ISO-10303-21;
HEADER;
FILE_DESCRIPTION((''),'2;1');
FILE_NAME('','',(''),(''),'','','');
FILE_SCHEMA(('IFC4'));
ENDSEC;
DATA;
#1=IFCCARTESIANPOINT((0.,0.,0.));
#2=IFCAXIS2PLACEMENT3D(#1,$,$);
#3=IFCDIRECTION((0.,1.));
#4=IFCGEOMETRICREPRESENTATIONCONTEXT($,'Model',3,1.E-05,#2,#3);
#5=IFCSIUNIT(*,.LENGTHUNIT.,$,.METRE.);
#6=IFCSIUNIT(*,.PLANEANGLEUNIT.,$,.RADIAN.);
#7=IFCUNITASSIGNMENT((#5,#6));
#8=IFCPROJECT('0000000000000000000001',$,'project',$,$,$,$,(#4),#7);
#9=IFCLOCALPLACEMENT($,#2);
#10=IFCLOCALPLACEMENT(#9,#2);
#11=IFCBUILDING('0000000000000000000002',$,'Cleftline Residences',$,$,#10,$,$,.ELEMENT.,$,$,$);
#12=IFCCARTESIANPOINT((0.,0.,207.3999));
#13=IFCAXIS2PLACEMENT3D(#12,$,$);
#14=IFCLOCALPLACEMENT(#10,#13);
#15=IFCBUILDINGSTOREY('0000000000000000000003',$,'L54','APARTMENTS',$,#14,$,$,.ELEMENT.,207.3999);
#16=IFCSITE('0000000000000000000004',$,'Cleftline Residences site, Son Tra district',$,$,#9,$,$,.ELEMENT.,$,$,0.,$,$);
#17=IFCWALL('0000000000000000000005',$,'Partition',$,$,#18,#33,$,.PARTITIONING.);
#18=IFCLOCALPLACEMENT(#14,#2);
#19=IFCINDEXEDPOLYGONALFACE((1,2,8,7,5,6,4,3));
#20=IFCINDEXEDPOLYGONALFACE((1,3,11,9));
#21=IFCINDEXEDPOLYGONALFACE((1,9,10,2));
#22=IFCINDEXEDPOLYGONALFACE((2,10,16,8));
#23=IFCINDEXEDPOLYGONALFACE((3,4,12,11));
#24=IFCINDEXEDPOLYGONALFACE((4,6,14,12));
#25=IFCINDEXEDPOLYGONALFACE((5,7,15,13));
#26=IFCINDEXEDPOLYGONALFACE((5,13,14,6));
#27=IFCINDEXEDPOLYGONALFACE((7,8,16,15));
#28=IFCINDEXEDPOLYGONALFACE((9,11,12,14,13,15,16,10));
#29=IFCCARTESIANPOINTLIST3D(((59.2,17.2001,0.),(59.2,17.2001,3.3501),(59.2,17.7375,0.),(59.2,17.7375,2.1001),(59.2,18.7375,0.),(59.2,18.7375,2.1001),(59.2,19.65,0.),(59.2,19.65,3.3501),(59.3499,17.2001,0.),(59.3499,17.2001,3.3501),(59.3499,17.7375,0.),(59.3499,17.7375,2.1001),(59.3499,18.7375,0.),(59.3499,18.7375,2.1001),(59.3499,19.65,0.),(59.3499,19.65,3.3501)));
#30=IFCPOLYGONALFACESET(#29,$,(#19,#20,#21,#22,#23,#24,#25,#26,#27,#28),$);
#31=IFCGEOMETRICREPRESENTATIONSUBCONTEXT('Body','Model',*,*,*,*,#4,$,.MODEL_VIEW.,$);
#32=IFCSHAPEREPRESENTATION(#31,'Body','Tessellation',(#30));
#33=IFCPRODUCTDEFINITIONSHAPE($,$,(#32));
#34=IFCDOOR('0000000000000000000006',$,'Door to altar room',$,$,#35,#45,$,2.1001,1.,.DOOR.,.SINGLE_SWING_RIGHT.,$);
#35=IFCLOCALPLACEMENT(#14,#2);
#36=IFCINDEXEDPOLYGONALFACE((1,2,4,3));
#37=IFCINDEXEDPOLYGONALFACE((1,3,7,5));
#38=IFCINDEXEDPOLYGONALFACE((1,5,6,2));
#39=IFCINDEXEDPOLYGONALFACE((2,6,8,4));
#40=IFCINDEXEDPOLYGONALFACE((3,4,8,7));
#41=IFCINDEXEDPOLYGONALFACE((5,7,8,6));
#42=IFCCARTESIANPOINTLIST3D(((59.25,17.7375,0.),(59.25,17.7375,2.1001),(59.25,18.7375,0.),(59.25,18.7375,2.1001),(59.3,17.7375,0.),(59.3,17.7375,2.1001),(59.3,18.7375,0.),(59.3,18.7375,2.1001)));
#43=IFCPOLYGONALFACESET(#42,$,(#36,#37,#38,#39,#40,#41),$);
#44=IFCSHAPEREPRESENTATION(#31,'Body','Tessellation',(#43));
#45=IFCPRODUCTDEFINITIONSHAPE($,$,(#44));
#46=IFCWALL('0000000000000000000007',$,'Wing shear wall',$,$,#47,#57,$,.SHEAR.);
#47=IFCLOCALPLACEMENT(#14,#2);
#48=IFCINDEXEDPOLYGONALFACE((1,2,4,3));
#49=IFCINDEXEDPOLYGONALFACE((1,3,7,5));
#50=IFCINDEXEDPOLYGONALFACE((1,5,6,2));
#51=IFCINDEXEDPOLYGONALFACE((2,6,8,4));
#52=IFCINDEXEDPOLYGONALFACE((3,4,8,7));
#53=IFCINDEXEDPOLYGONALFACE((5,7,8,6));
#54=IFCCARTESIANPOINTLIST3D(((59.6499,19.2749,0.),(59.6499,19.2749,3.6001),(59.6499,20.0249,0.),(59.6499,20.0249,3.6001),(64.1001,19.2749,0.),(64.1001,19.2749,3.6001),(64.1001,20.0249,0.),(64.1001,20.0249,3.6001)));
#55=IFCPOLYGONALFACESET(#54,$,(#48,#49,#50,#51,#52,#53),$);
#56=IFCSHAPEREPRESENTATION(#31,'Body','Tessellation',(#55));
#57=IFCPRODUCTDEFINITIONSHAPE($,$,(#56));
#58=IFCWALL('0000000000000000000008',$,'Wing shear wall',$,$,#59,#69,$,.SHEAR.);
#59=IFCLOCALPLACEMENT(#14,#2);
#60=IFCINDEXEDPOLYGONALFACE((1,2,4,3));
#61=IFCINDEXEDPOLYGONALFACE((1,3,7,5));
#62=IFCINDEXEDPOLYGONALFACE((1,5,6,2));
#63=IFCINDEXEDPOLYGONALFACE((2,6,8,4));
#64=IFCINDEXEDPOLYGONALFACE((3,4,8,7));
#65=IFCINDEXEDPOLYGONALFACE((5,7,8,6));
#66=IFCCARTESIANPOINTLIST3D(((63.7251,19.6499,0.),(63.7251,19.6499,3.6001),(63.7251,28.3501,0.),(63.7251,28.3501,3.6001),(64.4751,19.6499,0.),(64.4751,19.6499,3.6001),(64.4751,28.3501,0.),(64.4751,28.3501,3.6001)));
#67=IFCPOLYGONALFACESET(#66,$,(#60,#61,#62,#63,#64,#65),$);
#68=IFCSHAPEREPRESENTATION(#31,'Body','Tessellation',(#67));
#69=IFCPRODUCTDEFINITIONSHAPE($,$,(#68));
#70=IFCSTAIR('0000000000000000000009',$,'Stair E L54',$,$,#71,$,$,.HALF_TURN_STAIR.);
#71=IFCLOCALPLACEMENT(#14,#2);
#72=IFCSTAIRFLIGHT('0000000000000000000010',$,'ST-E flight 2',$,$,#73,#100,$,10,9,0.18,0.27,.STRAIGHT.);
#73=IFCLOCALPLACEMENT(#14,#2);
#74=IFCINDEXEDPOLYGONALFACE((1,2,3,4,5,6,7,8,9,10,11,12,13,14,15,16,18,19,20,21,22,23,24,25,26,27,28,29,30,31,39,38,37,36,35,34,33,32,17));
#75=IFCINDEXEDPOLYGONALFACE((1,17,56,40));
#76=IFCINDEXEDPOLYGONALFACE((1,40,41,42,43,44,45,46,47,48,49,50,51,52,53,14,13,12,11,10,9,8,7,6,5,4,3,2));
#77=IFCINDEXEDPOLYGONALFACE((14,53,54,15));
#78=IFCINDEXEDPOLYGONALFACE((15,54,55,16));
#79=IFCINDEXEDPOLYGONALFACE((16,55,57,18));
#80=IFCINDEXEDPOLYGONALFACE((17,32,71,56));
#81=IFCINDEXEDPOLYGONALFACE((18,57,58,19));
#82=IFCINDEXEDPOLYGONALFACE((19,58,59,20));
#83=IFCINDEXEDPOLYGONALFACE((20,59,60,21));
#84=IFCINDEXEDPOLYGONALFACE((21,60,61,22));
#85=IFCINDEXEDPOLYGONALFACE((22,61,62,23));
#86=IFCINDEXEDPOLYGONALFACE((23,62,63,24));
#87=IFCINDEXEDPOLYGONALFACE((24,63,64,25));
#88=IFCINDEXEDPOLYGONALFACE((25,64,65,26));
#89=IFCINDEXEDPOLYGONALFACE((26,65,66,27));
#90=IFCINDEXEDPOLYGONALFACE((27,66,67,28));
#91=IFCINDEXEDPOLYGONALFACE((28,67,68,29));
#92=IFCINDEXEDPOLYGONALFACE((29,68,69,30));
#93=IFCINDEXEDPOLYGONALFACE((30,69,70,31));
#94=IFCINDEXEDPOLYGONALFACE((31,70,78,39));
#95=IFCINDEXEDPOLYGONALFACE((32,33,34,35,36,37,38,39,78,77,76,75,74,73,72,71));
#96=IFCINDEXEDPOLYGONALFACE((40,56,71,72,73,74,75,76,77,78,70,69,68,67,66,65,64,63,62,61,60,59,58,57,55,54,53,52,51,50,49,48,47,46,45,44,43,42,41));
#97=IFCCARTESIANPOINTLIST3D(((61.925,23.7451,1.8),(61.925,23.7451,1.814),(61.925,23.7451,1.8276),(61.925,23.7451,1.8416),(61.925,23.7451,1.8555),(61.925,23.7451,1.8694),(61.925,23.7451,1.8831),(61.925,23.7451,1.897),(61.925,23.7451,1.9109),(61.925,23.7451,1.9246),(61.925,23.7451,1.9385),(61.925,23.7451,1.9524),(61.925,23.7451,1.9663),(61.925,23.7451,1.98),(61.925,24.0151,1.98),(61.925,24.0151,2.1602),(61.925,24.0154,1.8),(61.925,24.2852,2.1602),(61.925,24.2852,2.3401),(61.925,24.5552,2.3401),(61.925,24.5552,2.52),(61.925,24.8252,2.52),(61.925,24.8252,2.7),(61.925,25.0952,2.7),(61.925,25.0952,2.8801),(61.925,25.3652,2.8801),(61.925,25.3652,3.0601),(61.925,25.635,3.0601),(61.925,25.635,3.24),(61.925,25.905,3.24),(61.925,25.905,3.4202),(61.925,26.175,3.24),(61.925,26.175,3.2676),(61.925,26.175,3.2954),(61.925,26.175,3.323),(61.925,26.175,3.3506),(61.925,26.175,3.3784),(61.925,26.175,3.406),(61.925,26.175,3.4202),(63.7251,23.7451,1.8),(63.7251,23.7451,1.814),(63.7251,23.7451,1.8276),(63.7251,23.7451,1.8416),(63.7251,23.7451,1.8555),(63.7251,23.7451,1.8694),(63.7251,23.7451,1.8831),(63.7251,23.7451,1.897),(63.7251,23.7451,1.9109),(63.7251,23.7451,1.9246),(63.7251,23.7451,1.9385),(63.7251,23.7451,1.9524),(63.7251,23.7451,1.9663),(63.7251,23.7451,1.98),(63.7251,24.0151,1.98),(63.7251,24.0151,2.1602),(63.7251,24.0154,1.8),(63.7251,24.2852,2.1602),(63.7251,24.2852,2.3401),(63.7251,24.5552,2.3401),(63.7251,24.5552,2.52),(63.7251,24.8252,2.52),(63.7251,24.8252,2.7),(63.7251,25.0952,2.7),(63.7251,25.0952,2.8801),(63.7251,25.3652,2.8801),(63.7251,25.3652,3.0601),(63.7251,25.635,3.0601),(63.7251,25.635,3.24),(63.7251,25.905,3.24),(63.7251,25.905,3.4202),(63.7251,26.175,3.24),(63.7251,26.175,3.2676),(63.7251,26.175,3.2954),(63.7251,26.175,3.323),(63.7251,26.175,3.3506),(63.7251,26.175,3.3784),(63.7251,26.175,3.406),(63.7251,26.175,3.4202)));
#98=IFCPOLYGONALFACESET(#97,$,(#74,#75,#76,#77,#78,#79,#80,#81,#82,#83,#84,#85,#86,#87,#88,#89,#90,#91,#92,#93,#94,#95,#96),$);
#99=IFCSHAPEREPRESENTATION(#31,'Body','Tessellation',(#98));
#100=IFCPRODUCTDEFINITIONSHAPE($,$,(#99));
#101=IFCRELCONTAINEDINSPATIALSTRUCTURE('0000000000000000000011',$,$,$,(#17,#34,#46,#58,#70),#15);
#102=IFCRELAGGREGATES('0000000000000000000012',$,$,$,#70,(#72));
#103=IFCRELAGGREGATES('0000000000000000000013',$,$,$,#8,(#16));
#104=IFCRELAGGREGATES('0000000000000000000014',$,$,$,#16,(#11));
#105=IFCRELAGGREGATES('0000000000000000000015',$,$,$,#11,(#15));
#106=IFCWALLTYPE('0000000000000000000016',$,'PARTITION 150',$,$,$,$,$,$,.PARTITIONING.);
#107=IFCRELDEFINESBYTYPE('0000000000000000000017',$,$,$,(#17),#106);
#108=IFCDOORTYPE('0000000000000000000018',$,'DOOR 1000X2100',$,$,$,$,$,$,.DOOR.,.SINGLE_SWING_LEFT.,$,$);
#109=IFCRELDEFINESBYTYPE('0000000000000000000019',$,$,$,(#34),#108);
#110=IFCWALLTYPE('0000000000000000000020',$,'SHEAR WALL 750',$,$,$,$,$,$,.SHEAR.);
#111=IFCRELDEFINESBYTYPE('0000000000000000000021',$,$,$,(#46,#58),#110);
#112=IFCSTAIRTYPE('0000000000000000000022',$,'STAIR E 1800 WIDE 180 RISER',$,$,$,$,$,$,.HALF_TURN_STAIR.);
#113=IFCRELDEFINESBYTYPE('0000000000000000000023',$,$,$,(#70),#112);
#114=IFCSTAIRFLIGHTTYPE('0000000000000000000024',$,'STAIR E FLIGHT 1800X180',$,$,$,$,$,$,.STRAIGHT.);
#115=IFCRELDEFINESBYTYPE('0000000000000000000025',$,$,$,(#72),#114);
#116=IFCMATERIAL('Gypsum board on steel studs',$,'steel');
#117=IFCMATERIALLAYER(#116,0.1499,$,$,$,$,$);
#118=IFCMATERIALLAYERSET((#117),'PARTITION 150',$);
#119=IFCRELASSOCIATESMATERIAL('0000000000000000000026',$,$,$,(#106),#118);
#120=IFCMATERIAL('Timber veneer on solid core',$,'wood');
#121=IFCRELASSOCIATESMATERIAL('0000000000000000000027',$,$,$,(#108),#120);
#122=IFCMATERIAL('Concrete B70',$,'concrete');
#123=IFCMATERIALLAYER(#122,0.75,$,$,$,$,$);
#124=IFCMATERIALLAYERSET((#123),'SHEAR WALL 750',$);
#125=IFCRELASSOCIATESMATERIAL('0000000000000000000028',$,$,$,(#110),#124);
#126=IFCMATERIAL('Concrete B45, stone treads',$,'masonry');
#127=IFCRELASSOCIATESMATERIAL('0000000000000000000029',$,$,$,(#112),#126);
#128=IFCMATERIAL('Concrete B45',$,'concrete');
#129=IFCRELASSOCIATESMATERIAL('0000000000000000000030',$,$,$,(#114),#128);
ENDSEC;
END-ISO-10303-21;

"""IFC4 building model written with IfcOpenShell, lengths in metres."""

from ifc_helpers import new_model, si_unit, direction, frame, frame_2d, origin, place, context, subcontext, project, spatial, polyline, rectangle, outline, extrude, material, layer, layer_set, type_object, element, fill, aggregate, save


model = new_model("IFC4")

# Units and contexts
model_context = context("Model", 3, precision=1e-05, world=origin(), true_north=direction((0.0, 1.0)))
body_context = subcontext(model_context, "Body", "Model", "MODEL_VIEW")
ifc_project = project(units=[si_unit("LENGTHUNIT", "METRE"), si_unit("PLANEANGLEUNIT", "RADIAN")], contexts=[model_context])

# Site, building, storey
site_placement = place(None, origin())
site = spatial("IfcSite", under=ifc_project, at=site_placement, Name="Cleftline Residences site, Son Tra district", CompositionType="ELEMENT", RefElevation=0.0)
building_placement = place(site_placement, origin())
building = spatial("IfcBuilding", under=site, at=building_placement, Name="Cleftline Residences", CompositionType="ELEMENT")
storey_placement = place(building_placement, frame((0.0, 0.0, 207.3999)))
storey = spatial("IfcBuildingStorey", under=building, at=storey_placement, Name="L54", Description="APARTMENTS", CompositionType="ELEMENT", Elevation=207.3999)

# Shared definitions
ifc_material_1 = material(Name="Gypsum board on steel studs", Category="steel")
ifc_layer_1 = layer(ifc_material_1, 0.1499)
ifc_layer_set_1 = layer_set([ifc_layer_1], Name="PARTITION 150")
wall_type_1 = type_object("IfcWallType", Name="PARTITION 150", PredefinedType="PARTITIONING", material=ifc_layer_set_1)

# Shared definitions
ifc_material_2 = material(Name="Timber veneer on solid core", Category="wood")
door_type_1 = type_object("IfcDoorType", Name="DOOR 1000X2100", OperationType="SINGLE_SWING_LEFT", PredefinedType="DOOR", material=ifc_material_2)

# Wall, opening, door
wall_1_placement = place(storey_placement, frame((59.2749, 17.2, 0.0), z_axis=(0.0, 0.0, 1.0), x_axis=(0.0, 1.0, 0.0)))
wall_1 = element("IfcWall", 1, at=wall_1_placement, inside=storey, type_object=wall_type_1, Name="Partition", PredefinedType="PARTITIONING", context=body_context, shape_type="SweptSolid", body=[
    extrude(rectangle(XDim=2.45, YDim=0.1499, at=frame_2d((1.2251, 0.0))), origin(), (0.0, 0.0, 1.0), 3.3501),
])
opening_1_placement = place(wall_1_placement, frame((0.5376, 0.0, 0.0)))
opening_1 = element("IfcOpeningElement", 2, at=opening_1_placement, cuts=wall_1, PredefinedType="OPENING", context=body_context, shape_type="SweptSolid", body=[
    extrude(rectangle(XDim=1.0, YDim=2.1001, at=frame_2d((0.5, 1.05))), frame((0.0, 0.085, 0.0), z_axis=(0.0, -1.0, 0.0), x_axis=(1.0, 0.0, 0.0)), (0.0, 0.0, 1.0), 0.1699),
])
door_1_placement = place(opening_1_placement, origin())
door_1 = element("IfcDoor", 3, at=door_1_placement, inside=storey, type_object=door_type_1, Name="Door to altar room", OperationType="SINGLE_SWING_RIGHT", OverallHeight=2.1001, OverallWidth=1.0, PredefinedType="DOOR", context=body_context, shape_type="SweptSolid", body=[
    extrude(rectangle(XDim=1.0, YDim=2.1001, at=frame_2d((0.5, 1.05))), frame((0.0, 0.0249, 0.0), z_axis=(0.0, -1.0, 0.0), x_axis=(1.0, 0.0, 0.0)), (0.0, 0.0, 1.0), 0.05),
])
fill(opening_1, door_1)

# Walls
ifc_material_3 = material(Name="Concrete B70", Category="concrete")
ifc_layer_2 = layer(ifc_material_3, 0.75)
ifc_layer_set_2 = layer_set([ifc_layer_2], Name="SHEAR WALL 750")
wall_type_2 = type_object("IfcWallType", Name="SHEAR WALL 750", PredefinedType="SHEAR", material=ifc_layer_set_2)
wall_2_placement = place(storey_placement, frame((59.6499, 19.6499, 0.0), z_axis=(0.0, 0.0, 1.0), x_axis=(1.0, 0.0, 0.0)))
element("IfcWall", 4, at=wall_2_placement, inside=storey, type_object=wall_type_2, Name="Wing shear wall", PredefinedType="SHEAR", context=body_context, shape_type="SweptSolid", body=[
    extrude(rectangle(XDim=4.4502, YDim=0.75, at=frame_2d((2.2251, 0.0))), origin(), (0.0, 0.0, 1.0), 3.6001),
])
wall_3_placement = place(storey_placement, frame((64.1001, 19.6499, 0.0), z_axis=(0.0, 0.0, 1.0), x_axis=(0.0, 1.0, 0.0)))
element("IfcWall", 5, at=wall_3_placement, inside=storey, type_object=wall_type_2, Name="Wing shear wall", PredefinedType="SHEAR", context=body_context, shape_type="SweptSolid", body=[
    extrude(rectangle(XDim=8.7002, YDim=0.75, at=frame_2d((4.3501, 0.0))), origin(), (0.0, 0.0, 1.0), 3.6001),
])

# Stair, stair flight
ifc_material_4 = material(Name="Concrete B45, stone treads", Category="masonry")
stair_type = type_object("IfcStairType", Name="STAIR E 1800 WIDE 180 RISER", PredefinedType="HALF_TURN_STAIR", material=ifc_material_4)
stair_placement = place(storey_placement, origin())
stair = element("IfcStair", 6, at=stair_placement, inside=storey, type_object=stair_type, Name="Stair E L54", PredefinedType="HALF_TURN_STAIR")
ifc_material_5 = material(Name="Concrete B45", Category="concrete")
stair_flight_type = type_object("IfcStairFlightType", Name="STAIR E FLIGHT 1800X180", PredefinedType="STRAIGHT", material=ifc_material_5)
stair_flight_placement = place(storey_placement, frame((62.825, 23.7451, 1.8), z_axis=(0.0, 0.0, 1.0), x_axis=(0.0, 1.0, 0.0)))
stair_flight = element("IfcStairFlight", 7, at=stair_flight_placement, type_object=stair_flight_type, Name="ST-E flight 2", NumberOfRisers=10, NumberOfTreads=9, PredefinedType="STRAIGHT", RiserHeight=0.18, TreadLength=0.27, context=body_context, shape_type="SweptSolid", body=[
    extrude(outline(polyline([(0.0, 0.0), (0.0, 0.0139), (0.0, 0.0276), (0.0, 0.0415), (0.0, 0.0554), (0.0, 0.0693), (0.0, 0.083), (0.0, 0.0969), (0.0, 0.1108), (0.0, 0.1245), (0.0, 0.1384), (0.0, 0.1523), (0.0, 0.1663), (0.0, 0.1799), (0.27, 0.1799), (0.27, 0.3601), (0.54, 0.3601), (0.54, 0.54), (0.8101, 0.54), (0.8101, 0.72), (1.0801, 0.72), (1.0801, 0.8999), (1.3501, 0.8999), (1.3501, 1.0801), (1.6201, 1.0801), (1.6201, 1.26), (1.8899, 1.26), (1.8899, 1.4399), (2.1599, 1.4399), (2.1599, 1.6201), (2.4299, 1.6201), (2.4299, 1.8), (2.4299, 1.7722), (2.4299, 1.7446), (2.4299, 1.7168), (2.4299, 1.6892), (2.4299, 1.6614), (2.4299, 1.6338), (2.4299, 1.606), (2.4299, 1.5784), (2.4299, 1.5505), (2.4299, 1.5229), (2.4299, 1.4954), (2.4299, 1.4675), (2.4299, 1.4399), (0.2703, 0.0), (0.0, 0.0)])), frame((0.0, 0.8999, 0.0), z_axis=(0.0, -1.0, 0.0), x_axis=(1.0, 0.0, 0.0)), (0.0, 0.0, 1.0), 1.8),
])
aggregate(stair, [stair_flight])

save(model, "model.ifc")
